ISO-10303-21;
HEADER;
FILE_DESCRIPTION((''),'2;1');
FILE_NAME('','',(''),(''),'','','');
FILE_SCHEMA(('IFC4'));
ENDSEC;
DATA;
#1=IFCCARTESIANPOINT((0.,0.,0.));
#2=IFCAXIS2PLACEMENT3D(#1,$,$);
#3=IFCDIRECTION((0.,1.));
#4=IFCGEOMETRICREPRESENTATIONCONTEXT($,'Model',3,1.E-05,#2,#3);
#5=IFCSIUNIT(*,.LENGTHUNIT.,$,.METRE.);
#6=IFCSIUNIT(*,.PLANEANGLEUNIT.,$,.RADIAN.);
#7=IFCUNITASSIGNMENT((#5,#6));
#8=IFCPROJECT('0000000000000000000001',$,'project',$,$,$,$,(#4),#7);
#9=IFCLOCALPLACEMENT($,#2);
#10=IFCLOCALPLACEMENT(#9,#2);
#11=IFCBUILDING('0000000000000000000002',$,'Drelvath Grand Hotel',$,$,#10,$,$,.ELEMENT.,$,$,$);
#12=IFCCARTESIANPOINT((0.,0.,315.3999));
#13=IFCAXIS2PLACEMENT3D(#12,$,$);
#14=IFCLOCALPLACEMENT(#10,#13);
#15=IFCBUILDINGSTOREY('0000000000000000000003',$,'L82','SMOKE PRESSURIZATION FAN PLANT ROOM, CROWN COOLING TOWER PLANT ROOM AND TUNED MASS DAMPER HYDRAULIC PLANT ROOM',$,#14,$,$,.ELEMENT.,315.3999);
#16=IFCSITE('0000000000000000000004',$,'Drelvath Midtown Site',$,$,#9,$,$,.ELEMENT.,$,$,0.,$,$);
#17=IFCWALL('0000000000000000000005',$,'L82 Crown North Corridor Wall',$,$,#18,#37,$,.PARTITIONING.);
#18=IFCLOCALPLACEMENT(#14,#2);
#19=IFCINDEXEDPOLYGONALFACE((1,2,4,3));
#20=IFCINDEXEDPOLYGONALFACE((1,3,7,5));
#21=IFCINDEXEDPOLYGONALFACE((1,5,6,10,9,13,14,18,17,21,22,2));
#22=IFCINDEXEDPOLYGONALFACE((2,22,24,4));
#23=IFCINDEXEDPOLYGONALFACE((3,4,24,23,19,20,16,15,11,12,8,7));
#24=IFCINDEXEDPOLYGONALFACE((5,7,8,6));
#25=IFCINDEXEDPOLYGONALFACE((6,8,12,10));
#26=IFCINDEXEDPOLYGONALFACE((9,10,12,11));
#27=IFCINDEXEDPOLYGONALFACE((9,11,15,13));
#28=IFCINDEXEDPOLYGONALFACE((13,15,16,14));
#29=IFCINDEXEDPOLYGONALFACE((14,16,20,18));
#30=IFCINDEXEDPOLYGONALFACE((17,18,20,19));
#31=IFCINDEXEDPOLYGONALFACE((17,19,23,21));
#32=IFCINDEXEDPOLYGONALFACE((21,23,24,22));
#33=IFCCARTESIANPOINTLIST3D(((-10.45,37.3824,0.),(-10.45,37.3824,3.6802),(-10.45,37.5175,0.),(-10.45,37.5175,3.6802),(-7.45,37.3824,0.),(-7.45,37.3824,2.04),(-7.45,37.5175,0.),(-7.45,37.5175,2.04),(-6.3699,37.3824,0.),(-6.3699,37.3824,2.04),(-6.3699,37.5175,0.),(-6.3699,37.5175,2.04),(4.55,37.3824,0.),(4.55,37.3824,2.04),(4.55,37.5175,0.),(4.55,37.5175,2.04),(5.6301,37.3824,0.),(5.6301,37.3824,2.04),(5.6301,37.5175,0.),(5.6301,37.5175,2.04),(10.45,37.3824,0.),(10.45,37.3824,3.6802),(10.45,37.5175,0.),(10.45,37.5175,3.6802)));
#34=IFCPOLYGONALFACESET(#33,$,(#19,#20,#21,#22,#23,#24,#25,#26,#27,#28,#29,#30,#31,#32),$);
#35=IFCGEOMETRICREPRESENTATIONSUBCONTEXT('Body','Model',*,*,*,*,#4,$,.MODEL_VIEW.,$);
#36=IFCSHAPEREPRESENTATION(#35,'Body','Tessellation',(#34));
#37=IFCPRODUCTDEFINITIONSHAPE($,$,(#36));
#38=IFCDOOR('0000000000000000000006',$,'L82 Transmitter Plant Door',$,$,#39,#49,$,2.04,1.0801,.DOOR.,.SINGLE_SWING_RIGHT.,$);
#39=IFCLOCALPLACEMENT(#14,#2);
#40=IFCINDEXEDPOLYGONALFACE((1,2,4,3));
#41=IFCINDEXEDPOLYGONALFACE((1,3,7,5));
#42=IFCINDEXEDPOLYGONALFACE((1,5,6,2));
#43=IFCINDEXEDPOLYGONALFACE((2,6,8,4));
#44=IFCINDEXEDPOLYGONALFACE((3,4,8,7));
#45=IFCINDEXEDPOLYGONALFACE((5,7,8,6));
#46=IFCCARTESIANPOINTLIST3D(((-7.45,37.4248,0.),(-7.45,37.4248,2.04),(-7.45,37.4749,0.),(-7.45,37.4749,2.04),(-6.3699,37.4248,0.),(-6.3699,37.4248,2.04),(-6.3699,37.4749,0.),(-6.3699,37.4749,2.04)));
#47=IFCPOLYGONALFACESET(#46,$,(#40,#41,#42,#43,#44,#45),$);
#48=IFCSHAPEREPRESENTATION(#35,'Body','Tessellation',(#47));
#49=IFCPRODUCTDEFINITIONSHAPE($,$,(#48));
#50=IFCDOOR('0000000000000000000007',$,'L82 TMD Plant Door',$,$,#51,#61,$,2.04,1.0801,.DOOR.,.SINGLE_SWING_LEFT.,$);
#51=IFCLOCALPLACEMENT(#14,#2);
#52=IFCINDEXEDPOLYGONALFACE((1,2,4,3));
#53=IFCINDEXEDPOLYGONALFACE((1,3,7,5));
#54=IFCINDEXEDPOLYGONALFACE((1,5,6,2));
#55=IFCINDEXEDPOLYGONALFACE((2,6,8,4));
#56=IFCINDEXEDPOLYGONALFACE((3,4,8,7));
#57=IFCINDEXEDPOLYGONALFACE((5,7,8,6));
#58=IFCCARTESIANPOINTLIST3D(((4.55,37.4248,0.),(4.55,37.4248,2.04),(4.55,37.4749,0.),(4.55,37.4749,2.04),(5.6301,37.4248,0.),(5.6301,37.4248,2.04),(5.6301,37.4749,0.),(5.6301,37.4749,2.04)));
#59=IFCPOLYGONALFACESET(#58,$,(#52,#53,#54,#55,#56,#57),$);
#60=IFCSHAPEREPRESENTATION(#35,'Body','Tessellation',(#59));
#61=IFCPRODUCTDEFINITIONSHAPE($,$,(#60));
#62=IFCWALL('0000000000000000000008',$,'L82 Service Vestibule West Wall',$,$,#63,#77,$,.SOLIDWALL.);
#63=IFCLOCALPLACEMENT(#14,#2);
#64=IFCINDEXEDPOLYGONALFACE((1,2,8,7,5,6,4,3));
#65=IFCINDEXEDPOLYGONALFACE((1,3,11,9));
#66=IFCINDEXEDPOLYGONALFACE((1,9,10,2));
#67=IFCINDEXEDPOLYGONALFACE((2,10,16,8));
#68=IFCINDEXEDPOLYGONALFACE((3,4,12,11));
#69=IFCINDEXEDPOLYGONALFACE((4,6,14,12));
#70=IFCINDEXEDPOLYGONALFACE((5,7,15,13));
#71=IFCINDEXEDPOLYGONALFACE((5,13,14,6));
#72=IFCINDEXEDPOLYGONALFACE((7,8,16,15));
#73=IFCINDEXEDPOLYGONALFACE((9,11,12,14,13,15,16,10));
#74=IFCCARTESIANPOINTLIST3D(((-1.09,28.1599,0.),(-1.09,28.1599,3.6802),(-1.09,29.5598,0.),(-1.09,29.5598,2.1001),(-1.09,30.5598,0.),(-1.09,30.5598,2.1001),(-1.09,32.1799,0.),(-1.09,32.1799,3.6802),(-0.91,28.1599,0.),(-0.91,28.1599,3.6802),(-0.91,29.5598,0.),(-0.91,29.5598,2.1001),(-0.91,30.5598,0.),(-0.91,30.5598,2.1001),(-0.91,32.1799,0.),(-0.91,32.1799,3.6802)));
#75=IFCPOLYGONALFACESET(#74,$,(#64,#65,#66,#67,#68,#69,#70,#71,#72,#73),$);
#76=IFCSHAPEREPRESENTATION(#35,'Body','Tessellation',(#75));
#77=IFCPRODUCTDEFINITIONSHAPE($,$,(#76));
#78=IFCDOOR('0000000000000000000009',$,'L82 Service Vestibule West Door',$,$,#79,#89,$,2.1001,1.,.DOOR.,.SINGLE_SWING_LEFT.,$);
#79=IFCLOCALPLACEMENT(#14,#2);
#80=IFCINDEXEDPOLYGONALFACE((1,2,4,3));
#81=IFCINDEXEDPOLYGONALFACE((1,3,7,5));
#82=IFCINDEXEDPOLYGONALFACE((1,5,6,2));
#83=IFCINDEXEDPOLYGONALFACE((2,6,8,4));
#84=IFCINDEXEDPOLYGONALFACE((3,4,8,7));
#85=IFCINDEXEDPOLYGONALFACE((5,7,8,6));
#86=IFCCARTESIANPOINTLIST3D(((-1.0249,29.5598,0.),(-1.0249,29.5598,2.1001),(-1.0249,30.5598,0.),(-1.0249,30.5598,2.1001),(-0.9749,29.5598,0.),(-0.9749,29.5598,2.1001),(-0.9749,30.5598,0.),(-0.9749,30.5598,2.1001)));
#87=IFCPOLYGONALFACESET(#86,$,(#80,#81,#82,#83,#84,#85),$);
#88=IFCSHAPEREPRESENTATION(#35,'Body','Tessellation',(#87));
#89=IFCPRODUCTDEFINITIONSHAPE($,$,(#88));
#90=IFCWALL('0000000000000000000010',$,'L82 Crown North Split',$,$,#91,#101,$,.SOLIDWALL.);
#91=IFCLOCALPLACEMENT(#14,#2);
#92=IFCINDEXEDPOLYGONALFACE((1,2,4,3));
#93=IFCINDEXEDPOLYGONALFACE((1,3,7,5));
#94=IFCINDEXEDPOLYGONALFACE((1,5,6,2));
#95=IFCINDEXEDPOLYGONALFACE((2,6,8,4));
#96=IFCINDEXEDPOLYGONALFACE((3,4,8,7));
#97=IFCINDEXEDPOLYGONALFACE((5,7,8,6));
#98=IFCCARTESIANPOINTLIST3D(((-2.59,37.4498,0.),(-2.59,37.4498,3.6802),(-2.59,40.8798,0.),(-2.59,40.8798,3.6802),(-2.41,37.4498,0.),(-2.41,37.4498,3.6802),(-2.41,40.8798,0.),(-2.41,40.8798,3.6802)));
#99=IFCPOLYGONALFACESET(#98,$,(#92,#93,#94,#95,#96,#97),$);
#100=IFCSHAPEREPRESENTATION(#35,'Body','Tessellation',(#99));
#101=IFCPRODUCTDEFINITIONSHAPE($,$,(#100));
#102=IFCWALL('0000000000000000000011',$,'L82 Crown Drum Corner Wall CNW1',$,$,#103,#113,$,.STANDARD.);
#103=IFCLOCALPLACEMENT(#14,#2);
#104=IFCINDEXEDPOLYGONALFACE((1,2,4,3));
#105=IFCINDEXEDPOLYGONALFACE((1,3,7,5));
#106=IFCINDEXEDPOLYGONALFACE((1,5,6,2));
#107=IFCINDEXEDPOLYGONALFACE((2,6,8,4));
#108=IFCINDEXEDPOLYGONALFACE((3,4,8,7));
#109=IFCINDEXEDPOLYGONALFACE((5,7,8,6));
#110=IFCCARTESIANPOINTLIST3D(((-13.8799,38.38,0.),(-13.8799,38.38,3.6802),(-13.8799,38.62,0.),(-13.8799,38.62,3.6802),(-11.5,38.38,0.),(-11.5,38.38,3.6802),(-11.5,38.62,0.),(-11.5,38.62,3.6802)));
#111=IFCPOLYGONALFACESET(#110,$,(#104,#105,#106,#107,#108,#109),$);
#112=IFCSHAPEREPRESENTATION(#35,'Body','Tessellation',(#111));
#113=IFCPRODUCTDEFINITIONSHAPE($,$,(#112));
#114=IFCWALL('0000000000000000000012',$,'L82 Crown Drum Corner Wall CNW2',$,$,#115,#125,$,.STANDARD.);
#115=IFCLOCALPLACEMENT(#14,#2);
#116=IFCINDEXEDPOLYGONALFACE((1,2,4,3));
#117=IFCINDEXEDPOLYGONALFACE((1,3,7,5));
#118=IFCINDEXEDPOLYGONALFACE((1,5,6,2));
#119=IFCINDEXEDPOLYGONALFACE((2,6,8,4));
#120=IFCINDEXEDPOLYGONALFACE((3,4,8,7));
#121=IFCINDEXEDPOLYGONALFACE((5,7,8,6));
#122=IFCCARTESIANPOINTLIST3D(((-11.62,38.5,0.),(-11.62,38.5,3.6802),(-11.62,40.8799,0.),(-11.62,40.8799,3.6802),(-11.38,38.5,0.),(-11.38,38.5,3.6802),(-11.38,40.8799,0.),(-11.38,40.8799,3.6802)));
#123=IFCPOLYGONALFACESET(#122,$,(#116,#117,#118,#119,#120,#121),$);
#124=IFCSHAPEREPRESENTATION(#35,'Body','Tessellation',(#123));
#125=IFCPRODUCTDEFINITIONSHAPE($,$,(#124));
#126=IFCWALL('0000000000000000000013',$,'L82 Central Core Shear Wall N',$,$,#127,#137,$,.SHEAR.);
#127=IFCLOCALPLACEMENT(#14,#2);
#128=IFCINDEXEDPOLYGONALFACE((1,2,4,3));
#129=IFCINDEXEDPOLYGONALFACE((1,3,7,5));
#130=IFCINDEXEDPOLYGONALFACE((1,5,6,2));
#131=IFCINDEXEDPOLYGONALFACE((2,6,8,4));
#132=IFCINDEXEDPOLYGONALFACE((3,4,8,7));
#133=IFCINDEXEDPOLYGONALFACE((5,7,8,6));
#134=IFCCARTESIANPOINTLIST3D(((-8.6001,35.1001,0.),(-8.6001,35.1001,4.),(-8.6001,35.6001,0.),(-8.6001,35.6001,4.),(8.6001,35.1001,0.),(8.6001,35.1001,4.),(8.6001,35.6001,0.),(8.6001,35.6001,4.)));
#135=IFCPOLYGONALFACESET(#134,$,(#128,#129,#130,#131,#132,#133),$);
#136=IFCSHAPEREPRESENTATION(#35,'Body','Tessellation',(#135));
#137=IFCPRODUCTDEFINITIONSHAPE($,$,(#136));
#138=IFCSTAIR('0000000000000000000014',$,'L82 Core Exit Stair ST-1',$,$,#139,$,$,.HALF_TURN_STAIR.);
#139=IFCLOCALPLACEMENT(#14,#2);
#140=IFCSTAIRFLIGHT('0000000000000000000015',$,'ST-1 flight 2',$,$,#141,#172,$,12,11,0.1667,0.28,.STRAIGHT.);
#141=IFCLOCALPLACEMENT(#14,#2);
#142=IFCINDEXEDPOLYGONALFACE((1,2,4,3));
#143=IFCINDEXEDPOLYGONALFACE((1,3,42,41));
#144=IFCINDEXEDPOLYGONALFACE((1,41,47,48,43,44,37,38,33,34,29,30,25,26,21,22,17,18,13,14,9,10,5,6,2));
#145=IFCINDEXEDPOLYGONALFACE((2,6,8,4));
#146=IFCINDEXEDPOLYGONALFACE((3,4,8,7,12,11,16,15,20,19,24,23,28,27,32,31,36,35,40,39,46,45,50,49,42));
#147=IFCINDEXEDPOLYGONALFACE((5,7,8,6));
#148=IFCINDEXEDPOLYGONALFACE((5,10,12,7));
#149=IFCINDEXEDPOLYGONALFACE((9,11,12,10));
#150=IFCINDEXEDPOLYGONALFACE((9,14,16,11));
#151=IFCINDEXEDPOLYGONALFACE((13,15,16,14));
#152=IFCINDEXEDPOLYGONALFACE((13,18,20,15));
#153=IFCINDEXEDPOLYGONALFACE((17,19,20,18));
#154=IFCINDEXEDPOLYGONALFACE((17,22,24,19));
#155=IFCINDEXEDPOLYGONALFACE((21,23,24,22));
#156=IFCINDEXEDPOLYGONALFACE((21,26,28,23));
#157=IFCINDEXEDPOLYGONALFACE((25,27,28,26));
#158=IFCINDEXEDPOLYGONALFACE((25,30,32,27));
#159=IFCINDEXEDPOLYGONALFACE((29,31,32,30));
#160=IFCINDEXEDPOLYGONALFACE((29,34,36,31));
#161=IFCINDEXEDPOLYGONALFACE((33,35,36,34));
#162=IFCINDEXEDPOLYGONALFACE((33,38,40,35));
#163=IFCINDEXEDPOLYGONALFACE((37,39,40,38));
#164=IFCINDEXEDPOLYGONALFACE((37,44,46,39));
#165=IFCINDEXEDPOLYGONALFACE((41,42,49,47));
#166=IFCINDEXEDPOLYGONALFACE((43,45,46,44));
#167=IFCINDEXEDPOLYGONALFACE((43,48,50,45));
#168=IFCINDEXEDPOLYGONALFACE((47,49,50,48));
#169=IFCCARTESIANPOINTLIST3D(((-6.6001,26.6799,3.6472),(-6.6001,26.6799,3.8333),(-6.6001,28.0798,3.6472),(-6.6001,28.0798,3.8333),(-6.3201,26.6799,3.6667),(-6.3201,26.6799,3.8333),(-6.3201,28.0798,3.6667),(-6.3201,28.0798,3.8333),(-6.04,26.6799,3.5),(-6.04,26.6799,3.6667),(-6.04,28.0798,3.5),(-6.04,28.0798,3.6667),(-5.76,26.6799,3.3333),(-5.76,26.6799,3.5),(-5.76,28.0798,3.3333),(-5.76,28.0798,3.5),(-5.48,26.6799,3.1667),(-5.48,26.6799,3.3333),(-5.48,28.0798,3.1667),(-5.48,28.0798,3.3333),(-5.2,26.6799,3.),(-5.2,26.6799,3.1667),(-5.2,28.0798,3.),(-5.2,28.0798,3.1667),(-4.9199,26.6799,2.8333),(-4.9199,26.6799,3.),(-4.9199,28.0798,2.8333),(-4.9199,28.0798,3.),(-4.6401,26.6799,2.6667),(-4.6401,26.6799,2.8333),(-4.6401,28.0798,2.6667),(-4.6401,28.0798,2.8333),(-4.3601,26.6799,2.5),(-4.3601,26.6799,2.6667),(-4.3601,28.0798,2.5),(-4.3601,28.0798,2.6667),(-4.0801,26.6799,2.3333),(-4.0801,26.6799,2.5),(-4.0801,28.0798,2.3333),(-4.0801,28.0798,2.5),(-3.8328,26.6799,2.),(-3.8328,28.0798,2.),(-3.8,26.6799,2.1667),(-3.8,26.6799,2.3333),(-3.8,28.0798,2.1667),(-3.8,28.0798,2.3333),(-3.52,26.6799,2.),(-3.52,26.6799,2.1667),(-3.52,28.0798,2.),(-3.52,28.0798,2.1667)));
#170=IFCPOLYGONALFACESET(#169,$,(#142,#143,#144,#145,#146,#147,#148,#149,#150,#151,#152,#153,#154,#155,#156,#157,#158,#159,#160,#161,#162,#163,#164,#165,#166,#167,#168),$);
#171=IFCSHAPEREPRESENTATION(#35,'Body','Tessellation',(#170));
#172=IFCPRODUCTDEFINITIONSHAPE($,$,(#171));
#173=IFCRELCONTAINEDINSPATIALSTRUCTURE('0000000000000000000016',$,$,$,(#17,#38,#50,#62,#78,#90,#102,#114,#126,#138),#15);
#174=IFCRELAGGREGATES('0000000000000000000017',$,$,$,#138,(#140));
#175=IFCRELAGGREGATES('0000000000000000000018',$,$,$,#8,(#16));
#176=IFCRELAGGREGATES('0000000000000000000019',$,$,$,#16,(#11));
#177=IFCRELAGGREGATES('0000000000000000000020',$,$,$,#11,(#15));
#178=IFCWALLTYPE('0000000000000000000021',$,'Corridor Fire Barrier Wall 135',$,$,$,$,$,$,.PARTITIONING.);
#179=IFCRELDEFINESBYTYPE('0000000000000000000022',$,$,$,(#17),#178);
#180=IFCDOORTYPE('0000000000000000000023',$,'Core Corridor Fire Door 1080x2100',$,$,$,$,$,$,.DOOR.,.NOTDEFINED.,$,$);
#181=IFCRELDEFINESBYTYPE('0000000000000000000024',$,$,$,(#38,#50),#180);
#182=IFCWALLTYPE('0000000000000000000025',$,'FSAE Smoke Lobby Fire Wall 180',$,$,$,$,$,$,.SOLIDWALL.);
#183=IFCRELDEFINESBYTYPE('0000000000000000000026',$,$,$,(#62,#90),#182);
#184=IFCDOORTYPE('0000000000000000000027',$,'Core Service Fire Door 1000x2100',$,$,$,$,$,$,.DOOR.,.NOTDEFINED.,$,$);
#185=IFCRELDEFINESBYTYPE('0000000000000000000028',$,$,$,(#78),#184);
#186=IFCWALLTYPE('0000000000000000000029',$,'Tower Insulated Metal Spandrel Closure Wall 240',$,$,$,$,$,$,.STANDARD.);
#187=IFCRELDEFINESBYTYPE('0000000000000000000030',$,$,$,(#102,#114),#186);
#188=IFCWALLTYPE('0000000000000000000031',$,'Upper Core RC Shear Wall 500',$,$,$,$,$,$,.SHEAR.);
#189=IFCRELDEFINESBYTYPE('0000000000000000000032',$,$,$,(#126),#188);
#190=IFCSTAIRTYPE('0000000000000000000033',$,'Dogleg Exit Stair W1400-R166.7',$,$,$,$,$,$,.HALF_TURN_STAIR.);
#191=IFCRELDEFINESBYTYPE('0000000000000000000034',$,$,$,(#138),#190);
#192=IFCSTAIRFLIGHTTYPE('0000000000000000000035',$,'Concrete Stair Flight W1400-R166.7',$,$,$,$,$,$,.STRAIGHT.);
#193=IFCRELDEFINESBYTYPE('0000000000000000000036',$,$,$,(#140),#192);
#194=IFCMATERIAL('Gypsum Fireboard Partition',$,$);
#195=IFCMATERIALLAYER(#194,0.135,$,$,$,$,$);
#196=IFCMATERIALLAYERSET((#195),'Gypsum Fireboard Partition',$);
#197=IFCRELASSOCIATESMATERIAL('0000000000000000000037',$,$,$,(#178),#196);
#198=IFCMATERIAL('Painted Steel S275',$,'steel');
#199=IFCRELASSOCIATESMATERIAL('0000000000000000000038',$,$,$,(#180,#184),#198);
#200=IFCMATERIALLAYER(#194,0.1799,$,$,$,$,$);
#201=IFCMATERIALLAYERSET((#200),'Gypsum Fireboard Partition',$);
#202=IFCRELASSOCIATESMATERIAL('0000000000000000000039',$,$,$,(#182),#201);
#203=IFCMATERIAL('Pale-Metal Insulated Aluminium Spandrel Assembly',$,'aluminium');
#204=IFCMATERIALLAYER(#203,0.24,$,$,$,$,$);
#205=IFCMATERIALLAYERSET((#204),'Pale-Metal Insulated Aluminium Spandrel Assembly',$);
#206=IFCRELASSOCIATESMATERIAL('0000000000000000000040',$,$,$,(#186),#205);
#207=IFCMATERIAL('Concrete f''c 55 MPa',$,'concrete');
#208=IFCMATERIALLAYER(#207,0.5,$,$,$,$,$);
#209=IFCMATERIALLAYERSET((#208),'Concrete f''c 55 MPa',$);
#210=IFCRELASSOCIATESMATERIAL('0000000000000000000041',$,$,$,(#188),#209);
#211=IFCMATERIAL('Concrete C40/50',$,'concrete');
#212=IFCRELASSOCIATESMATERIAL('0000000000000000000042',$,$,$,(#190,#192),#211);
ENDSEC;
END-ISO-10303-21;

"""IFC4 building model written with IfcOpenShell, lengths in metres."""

from ifc_helpers import new_model, si_unit, direction, frame, frame_2d, origin, place, context, subcontext, project, spatial, polyline, rectangle, outline, extrude, material, layer, layer_set, type_object, element, fill, aggregate, save


model = new_model("IFC4")

# Units and contexts
model_context = context("Model", 3, precision=1e-05, world=origin(), true_north=direction((0.0, 1.0)))
body_context = subcontext(model_context, "Body", "Model", "MODEL_VIEW")
ifc_project = project(units=[si_unit("LENGTHUNIT", "METRE"), si_unit("PLANEANGLEUNIT", "RADIAN")], contexts=[model_context])

# Site, building, storey
site_placement = place(None, origin())
site = spatial("IfcSite", under=ifc_project, at=site_placement, Name="Drelvath Midtown Site", CompositionType="ELEMENT", RefElevation=0.0)
building_placement = place(site_placement, origin())
building = spatial("IfcBuilding", under=site, at=building_placement, Name="Drelvath Grand Hotel", CompositionType="ELEMENT")
storey_placement = place(building_placement, frame((0.0, 0.0, 315.3999)))
storey = spatial("IfcBuildingStorey", under=building, at=storey_placement, Name="L82", Description="SMOKE PRESSURIZATION FAN PLANT ROOM, CROWN COOLING TOWER PLANT ROOM AND TUNED MASS DAMPER HYDRAULIC PLANT ROOM", CompositionType="ELEMENT", Elevation=315.3999)

# Shared definitions
ifc_material_1 = material(Name="Concrete f'c 55 MPa", Category="concrete")

# Shared definitions
ifc_material_2 = material(Name="Concrete C40/50", Category="concrete")

# Wall, openings, doors
ifc_material_3 = material(Name="Gypsum Fireboard Partition")
ifc_layer_1 = layer(ifc_material_3, 0.135)
ifc_layer_set_1 = layer_set([ifc_layer_1], Name="Gypsum Fireboard Partition")
wall_type_1 = type_object("IfcWallType", Name="Corridor Fire Barrier Wall 135", PredefinedType="PARTITIONING", material=ifc_layer_set_1)
wall_1_placement = place(storey_placement, frame((-10.45, 37.45, 0.0), z_axis=(0.0, 0.0, 1.0), x_axis=(1.0, 0.0, 0.0)))
wall_1 = element("IfcWall", 1, at=wall_1_placement, inside=storey, type_object=wall_type_1, Name="L82 Crown North Corridor Wall", PredefinedType="PARTITIONING", context=body_context, shape_type="SweptSolid", body=[
    extrude(rectangle(XDim=20.8999, YDim=0.135, at=frame_2d((10.45, 0.0))), origin(), (0.0, 0.0, 1.0), 3.6802),
])
opening_1_placement = place(wall_1_placement, frame((3.0, 0.0, 0.0)))
opening_1 = element("IfcOpeningElement", 2, at=opening_1_placement, cuts=wall_1, PredefinedType="OPENING", context=body_context, shape_type="SweptSolid", body=[
    extrude(rectangle(XDim=1.0801, YDim=2.04, at=frame_2d((0.54, 1.02))), frame((0.0, 0.0774, 0.0), z_axis=(0.0, -1.0, 0.0), x_axis=(1.0, 0.0, 0.0)), (0.0, 0.0, 1.0), 0.155),
])
opening_2_placement = place(wall_1_placement, frame((15.0, 0.0, 0.0)))
opening_2 = element("IfcOpeningElement", 3, at=opening_2_placement, cuts=wall_1, PredefinedType="OPENING", context=body_context, shape_type="SweptSolid", body=[
    extrude(rectangle(XDim=1.0801, YDim=2.04, at=frame_2d((0.54, 1.02))), frame((0.0, 0.0774, 0.0), z_axis=(0.0, -1.0, 0.0), x_axis=(1.0, 0.0, 0.0)), (0.0, 0.0, 1.0), 0.155),
])
ifc_material_4 = material(Name="Painted Steel S275", Category="steel")
door_type_1 = type_object("IfcDoorType", Name="Core Corridor Fire Door 1080x2100", OperationType="NOTDEFINED", PredefinedType="DOOR", material=ifc_material_4)
door_1_placement = place(opening_1_placement, origin())
door_1 = element("IfcDoor", 4, at=door_1_placement, inside=storey, type_object=door_type_1, Name="L82 Transmitter Plant Door", OperationType="SINGLE_SWING_RIGHT", OverallHeight=2.04, OverallWidth=1.0801, PredefinedType="DOOR", context=body_context, shape_type="SweptSolid", body=[
    extrude(rectangle(XDim=1.0801, YDim=2.04, at=frame_2d((0.54, 1.02))), frame((0.0, 0.0249, 0.0), z_axis=(0.0, -1.0, 0.0), x_axis=(1.0, 0.0, 0.0)), (0.0, 0.0, 1.0), 0.05),
])
fill(opening_1, door_1)
door_2_placement = place(opening_2_placement, origin())
door_2 = element("IfcDoor", 5, at=door_2_placement, inside=storey, type_object=door_type_1, Name="L82 TMD Plant Door", OperationType="SINGLE_SWING_LEFT", OverallHeight=2.04, OverallWidth=1.0801, PredefinedType="DOOR", context=body_context, shape_type="SweptSolid", body=[
    extrude(rectangle(XDim=1.0801, YDim=2.04, at=frame_2d((0.54, 1.02))), frame((0.0, 0.0249, 0.0), z_axis=(0.0, -1.0, 0.0), x_axis=(1.0, 0.0, 0.0)), (0.0, 0.0, 1.0), 0.05),
])
fill(opening_2, door_2)

# Wall, opening, door
ifc_layer_2 = layer(ifc_material_3, 0.1799)
ifc_layer_set_2 = layer_set([ifc_layer_2], Name="Gypsum Fireboard Partition")
wall_type_2 = type_object("IfcWallType", Name="FSAE Smoke Lobby Fire Wall 180", PredefinedType="SOLIDWALL", material=ifc_layer_set_2)
wall_2_placement = place(storey_placement, frame((-1.0, 28.1599, 0.0), z_axis=(0.0, 0.0, 1.0), x_axis=(0.0, 1.0, 0.0)))
wall_2 = element("IfcWall", 6, at=wall_2_placement, inside=storey, type_object=wall_type_2, Name="L82 Service Vestibule West Wall", PredefinedType="SOLIDWALL", context=body_context, shape_type="SweptSolid", body=[
    extrude(rectangle(XDim=4.02, YDim=0.1799, at=frame_2d((2.01, 0.0))), origin(), (0.0, 0.0, 1.0), 3.6802),
])
opening_3_placement = place(wall_2_placement, frame((1.3999, 0.0, 0.0)))
opening_3 = element("IfcOpeningElement", 7, at=opening_3_placement, cuts=wall_2, PredefinedType="OPENING", context=body_context, shape_type="SweptSolid", body=[
    extrude(rectangle(XDim=1.0, YDim=2.1001, at=frame_2d((0.5, 1.05))), frame((0.0, 0.0999, 0.0), z_axis=(0.0, -1.0, 0.0), x_axis=(1.0, 0.0, 0.0)), (0.0, 0.0, 1.0), 0.2),
])
door_type_2 = type_object("IfcDoorType", Name="Core Service Fire Door 1000x2100", OperationType="NOTDEFINED", PredefinedType="DOOR", material=ifc_material_4)
door_3_placement = place(opening_3_placement, origin())
door_3 = element("IfcDoor", 8, at=door_3_placement, inside=storey, type_object=door_type_2, Name="L82 Service Vestibule West Door", OperationType="SINGLE_SWING_LEFT", OverallHeight=2.1001, OverallWidth=1.0, PredefinedType="DOOR", context=body_context, shape_type="SweptSolid", body=[
    extrude(rectangle(XDim=1.0, YDim=2.1001, at=frame_2d((0.5, 1.05))), frame((0.0, 0.0249, 0.0), z_axis=(0.0, -1.0, 0.0), x_axis=(1.0, 0.0, 0.0)), (0.0, 0.0, 1.0), 0.05),
])
fill(opening_3, door_3)

# Walls
wall_3_placement = place(storey_placement, frame((-2.5, 37.45, 0.0), z_axis=(0.0, 0.0, 1.0), x_axis=(0.0, 1.0, 0.0)))
element("IfcWall", 9, at=wall_3_placement, inside=storey, type_object=wall_type_2, Name="L82 Crown North Split", PredefinedType="SOLIDWALL", context=body_context, shape_type="SweptSolid", body=[
    extrude(rectangle(XDim=3.4299, YDim=0.1799, at=frame_2d((1.7148, 0.0))), origin(), (0.0, 0.0, 1.0), 3.6802),
])
ifc_material_5 = material(Name="Pale-Metal Insulated Aluminium Spandrel Assembly", Category="aluminium")
ifc_layer_3 = layer(ifc_material_5, 0.24)
ifc_layer_set_3 = layer_set([ifc_layer_3], Name="Pale-Metal Insulated Aluminium Spandrel Assembly")
wall_type_3 = type_object("IfcWallType", Name="Tower Insulated Metal Spandrel Closure Wall 240", PredefinedType="STANDARD", material=ifc_layer_set_3)
for number, where, z_axis, x_axis, name in (
    (10, (-13.8799, 38.5, 0.0), (0.0, 0.0, 1.0), (1.0, 0.0, 0.0), "L82 Crown Drum Corner Wall CNW1"),
    (11, (-11.5, 38.5, 0.0), (0.0, 0.0, 1.0), (0.0, 1.0, 0.0), "L82 Crown Drum Corner Wall CNW2"),
):
    element("IfcWall", number, at=place(storey_placement, frame(where, z_axis=z_axis, x_axis=x_axis)), inside=storey, type_object=wall_type_3, Name=name, PredefinedType="STANDARD", context=body_context, shape_type="SweptSolid", body=[
        extrude(rectangle(XDim=2.3799, YDim=0.24, at=frame_2d((1.1899, 0.0))), origin(), (0.0, 0.0, 1.0), 3.6802),
    ])
ifc_layer_4 = layer(ifc_material_1, 0.5)
ifc_layer_set_4 = layer_set([ifc_layer_4], Name="Concrete f'c 55 MPa")
wall_type_4 = type_object("IfcWallType", Name="Upper Core RC Shear Wall 500", PredefinedType="SHEAR", material=ifc_layer_set_4)
wall_4_placement = place(storey_placement, frame((-8.6001, 35.3501, 0.0), z_axis=(0.0, 0.0, 1.0), x_axis=(1.0, 0.0, 0.0)))
element("IfcWall", 12, at=wall_4_placement, inside=storey, type_object=wall_type_4, Name="L82 Central Core Shear Wall N", PredefinedType="SHEAR", context=body_context, shape_type="SweptSolid", body=[
    extrude(rectangle(XDim=17.2002, YDim=0.5, at=frame_2d((8.6001, 0.0))), origin(), (0.0, 0.0, 1.0), 4.0),
])

# Stair, stair flight
stair_type = type_object("IfcStairType", Name="Dogleg Exit Stair W1400-R166.7", PredefinedType="HALF_TURN_STAIR", material=ifc_material_2)
stair_placement = place(storey_placement, origin())
stair = element("IfcStair", 13, at=stair_placement, inside=storey, type_object=stair_type, Name="L82 Core Exit Stair ST-1", PredefinedType="HALF_TURN_STAIR")
stair_flight_type = type_object("IfcStairFlightType", Name="Concrete Stair Flight W1400-R166.7", PredefinedType="STRAIGHT", material=ifc_material_2)
stair_flight_placement = place(storey_placement, frame((-3.52, 27.3799, 2.0), z_axis=(0.0, 0.0, 1.0), x_axis=(-1.0, 0.0, 0.0)))
stair_flight = element("IfcStairFlight", 14, at=stair_flight_placement, type_object=stair_flight_type, Name="ST-1 flight 2", NumberOfRisers=12, NumberOfTreads=11, PredefinedType="STRAIGHT", RiserHeight=0.1667, TreadLength=0.28, context=body_context, shape_type="SweptSolid", body=[
    extrude(outline(polyline([(0.0, 0.0), (0.0, 0.1667), (0.28, 0.1667), (0.28, 0.3333), (0.5601, 0.3333), (0.5601, 0.5), (0.8401, 0.5), (0.8401, 0.6667), (1.1201, 0.6667), (1.1201, 0.8333), (1.3999, 0.8333), (1.3999, 1.0), (1.6799, 1.0), (1.6799, 1.1667), (1.96, 1.1667), (1.96, 1.3333), (2.24, 1.3333), (2.24, 1.5), (2.52, 1.5), (2.52, 1.6667), (2.8, 1.6667), (2.8, 1.8333), (3.0801, 1.8333), (3.0801, 2.0), (3.0801, 1.6472), (0.3127, 0.0), (0.0, 0.0)])), frame((0.0, 0.7, 0.0), z_axis=(0.0, -1.0, 0.0), x_axis=(1.0, 0.0, 0.0)), (0.0, 0.0, 1.0), 1.3999),
])
aggregate(stair, [stair_flight])

save(model, "model.ifc")
